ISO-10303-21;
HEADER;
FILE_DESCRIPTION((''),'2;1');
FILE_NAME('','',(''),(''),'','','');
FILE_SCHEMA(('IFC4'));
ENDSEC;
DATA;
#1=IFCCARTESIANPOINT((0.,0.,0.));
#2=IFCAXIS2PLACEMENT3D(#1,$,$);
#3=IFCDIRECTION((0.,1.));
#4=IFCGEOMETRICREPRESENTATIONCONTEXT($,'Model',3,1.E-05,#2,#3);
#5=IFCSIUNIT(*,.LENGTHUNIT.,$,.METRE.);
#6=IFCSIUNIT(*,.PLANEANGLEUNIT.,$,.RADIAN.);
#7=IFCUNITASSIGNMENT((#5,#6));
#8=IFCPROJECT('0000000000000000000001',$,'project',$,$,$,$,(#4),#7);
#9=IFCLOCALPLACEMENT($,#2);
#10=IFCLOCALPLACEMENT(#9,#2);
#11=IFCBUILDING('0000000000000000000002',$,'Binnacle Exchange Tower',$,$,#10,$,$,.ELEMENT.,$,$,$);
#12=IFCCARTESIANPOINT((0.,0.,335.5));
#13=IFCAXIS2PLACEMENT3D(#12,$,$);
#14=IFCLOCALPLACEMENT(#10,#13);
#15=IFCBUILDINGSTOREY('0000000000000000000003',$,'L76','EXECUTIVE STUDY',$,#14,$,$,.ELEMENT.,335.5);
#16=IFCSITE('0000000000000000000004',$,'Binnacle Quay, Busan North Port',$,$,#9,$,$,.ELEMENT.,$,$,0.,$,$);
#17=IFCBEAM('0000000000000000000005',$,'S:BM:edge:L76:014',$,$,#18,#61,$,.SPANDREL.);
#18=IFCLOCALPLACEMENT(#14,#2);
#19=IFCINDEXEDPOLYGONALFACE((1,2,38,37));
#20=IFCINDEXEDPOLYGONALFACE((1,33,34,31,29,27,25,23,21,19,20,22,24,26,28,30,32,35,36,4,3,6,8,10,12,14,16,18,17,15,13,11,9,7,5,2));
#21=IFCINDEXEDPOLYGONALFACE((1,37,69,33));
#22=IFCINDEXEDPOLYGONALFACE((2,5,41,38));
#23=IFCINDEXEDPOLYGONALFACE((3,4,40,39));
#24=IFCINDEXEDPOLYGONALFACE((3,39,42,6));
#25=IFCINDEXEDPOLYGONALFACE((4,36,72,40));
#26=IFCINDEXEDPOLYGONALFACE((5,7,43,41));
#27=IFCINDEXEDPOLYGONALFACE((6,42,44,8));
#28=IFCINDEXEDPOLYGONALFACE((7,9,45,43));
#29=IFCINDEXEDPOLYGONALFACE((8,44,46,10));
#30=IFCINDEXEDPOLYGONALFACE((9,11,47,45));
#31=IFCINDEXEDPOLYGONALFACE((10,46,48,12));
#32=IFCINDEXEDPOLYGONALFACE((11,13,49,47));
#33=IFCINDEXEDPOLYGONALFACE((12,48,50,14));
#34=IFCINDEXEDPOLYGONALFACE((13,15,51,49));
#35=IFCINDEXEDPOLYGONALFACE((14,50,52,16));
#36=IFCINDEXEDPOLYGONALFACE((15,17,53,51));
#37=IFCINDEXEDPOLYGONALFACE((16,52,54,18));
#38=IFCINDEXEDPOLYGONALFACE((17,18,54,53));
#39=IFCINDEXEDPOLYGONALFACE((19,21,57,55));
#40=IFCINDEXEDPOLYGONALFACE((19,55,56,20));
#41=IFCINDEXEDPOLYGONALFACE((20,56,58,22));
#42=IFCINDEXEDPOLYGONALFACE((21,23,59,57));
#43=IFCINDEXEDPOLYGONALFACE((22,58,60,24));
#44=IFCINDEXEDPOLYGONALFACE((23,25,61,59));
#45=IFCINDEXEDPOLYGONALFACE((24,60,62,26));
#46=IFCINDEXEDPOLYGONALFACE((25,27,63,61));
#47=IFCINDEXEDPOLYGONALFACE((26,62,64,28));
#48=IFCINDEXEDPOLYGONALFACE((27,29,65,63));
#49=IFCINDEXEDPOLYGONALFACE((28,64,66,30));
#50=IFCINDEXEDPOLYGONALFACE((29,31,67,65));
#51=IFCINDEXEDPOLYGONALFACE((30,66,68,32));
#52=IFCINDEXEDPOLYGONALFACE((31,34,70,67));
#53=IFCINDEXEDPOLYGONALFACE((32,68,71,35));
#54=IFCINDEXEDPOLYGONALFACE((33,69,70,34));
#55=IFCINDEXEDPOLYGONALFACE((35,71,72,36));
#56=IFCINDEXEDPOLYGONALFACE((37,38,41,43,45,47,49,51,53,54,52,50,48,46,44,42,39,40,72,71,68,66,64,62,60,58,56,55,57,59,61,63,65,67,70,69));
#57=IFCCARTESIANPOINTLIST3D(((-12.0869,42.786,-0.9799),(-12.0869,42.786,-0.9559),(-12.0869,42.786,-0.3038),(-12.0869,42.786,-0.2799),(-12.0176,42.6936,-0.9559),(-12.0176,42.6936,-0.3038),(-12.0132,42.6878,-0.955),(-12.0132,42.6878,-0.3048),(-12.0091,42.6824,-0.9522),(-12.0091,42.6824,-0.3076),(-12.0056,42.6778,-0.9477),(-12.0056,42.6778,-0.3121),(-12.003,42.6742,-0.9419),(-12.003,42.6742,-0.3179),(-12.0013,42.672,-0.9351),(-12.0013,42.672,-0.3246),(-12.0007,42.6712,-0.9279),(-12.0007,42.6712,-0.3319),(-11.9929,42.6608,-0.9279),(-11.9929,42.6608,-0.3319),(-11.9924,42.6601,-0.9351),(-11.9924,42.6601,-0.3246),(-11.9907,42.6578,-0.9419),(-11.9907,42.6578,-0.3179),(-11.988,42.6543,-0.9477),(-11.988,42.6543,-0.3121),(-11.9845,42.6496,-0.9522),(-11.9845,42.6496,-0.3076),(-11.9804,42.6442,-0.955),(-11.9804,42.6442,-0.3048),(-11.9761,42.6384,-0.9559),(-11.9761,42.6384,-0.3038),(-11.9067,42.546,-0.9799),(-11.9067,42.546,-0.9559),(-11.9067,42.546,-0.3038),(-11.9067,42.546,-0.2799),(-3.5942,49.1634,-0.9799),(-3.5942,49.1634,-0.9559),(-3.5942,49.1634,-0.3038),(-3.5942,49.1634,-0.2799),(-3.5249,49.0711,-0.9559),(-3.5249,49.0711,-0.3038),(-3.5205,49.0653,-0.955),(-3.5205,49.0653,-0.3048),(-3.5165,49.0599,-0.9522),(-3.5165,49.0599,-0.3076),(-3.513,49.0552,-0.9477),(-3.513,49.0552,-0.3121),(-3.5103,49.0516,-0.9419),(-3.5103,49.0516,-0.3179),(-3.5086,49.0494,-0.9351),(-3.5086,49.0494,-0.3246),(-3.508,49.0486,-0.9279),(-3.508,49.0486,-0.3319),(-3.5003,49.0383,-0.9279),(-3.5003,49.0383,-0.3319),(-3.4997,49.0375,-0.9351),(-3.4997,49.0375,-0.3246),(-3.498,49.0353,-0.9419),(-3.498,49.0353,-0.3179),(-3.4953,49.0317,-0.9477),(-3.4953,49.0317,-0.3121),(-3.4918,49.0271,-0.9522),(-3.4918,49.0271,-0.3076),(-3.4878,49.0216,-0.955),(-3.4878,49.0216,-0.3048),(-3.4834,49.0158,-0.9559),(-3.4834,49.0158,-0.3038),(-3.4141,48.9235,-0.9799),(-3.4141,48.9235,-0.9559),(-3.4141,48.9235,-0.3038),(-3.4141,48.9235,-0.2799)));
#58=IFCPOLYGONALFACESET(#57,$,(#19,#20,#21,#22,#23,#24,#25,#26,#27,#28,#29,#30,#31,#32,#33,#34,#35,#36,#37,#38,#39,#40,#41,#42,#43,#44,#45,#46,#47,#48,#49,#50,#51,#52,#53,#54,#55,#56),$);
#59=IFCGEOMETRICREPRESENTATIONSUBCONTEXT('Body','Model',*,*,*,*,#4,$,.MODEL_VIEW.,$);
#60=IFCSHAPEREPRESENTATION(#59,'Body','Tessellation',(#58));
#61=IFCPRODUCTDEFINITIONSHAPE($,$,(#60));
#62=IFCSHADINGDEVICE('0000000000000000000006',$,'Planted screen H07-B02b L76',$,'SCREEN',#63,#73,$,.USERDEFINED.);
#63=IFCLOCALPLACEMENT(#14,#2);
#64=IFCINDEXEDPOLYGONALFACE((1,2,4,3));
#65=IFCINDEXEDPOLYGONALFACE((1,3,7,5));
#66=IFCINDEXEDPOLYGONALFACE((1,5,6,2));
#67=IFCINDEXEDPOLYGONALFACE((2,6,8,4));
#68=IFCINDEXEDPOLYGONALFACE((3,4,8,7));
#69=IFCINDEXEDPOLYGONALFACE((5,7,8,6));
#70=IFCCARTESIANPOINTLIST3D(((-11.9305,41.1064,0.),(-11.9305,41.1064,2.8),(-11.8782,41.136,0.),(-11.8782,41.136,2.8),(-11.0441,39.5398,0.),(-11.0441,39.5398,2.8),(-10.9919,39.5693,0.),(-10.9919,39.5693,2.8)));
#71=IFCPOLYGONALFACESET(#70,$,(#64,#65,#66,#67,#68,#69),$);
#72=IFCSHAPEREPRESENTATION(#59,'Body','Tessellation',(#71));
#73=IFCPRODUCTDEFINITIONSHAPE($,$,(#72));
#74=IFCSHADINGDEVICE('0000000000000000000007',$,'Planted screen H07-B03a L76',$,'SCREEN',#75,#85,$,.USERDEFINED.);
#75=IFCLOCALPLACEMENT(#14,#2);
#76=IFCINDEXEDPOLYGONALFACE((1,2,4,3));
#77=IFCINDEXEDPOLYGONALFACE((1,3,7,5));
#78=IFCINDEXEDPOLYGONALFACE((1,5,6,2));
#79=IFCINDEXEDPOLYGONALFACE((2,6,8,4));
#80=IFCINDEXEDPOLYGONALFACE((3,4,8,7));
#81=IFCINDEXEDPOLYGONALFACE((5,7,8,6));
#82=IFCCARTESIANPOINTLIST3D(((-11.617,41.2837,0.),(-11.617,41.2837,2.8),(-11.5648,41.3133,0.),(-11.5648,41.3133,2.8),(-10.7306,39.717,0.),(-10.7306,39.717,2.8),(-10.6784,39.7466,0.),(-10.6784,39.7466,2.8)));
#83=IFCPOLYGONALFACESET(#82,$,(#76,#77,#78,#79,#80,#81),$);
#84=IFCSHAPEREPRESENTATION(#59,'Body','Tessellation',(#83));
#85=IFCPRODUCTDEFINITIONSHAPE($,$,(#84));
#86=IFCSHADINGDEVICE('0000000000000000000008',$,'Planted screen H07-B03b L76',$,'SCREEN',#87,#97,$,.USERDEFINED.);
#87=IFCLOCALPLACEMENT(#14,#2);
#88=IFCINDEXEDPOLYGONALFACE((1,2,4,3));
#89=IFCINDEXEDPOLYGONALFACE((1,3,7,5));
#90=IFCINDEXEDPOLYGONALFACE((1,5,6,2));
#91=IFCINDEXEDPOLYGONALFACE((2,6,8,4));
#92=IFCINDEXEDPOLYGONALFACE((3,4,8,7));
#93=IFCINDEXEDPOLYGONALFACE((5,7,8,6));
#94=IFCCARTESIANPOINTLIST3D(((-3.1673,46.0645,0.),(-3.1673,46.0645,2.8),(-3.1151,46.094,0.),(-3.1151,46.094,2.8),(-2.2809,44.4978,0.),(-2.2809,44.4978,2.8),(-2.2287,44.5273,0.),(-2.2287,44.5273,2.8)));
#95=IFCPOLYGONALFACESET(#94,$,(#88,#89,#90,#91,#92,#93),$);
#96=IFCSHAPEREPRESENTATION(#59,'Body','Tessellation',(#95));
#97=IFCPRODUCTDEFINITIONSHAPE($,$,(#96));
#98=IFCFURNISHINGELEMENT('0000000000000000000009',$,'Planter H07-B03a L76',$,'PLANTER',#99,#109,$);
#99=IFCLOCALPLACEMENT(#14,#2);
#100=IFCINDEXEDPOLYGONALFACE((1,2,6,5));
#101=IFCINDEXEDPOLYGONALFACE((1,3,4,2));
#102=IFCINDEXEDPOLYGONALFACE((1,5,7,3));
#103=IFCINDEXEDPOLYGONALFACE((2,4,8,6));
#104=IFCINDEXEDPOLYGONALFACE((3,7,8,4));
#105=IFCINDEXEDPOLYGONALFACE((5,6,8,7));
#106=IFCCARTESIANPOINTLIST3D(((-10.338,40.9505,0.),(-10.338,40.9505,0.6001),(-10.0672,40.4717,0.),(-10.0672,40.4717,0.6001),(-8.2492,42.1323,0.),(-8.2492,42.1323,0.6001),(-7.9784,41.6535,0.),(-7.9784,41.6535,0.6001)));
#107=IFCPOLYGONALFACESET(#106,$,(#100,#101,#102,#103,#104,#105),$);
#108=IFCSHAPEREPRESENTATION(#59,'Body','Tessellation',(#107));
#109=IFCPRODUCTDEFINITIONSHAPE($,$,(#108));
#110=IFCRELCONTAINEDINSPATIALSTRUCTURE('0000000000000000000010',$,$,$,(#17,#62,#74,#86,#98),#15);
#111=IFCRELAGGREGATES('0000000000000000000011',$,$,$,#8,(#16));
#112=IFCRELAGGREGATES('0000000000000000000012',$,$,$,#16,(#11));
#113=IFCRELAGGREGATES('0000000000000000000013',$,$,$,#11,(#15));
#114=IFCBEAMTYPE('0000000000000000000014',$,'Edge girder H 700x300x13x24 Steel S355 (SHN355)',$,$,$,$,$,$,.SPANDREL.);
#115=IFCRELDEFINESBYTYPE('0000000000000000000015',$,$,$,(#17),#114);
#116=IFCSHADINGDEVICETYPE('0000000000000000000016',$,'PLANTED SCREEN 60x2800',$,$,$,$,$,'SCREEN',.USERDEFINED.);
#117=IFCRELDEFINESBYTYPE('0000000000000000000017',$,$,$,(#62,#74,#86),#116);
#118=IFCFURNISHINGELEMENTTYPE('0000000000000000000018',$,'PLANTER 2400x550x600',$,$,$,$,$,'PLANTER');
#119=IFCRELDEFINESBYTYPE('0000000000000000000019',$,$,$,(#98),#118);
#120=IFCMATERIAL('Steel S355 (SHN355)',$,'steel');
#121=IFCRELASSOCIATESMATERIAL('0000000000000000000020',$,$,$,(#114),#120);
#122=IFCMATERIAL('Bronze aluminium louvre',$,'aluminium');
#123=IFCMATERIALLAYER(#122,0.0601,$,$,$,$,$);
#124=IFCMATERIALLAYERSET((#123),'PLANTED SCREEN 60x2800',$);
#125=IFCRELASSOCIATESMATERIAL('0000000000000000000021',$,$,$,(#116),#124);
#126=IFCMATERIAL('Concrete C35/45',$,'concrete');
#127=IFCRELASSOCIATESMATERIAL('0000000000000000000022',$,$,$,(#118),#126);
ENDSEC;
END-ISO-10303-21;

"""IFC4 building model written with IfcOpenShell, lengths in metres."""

from ifc_helpers import new_model, si_unit, direction, frame, origin, origin_2d, place, context, subcontext, project, spatial, rectangle, i_section, extrude, material, layer, layer_set, material_profile, profile_set, type_object, element, save


model = new_model("IFC4")

# Units and contexts
model_context = context("Model", 3, precision=1e-05, world=origin(), true_north=direction((0.0, 1.0)))
body_context = subcontext(model_context, "Body", "Model", "MODEL_VIEW")
ifc_project = project(units=[si_unit("LENGTHUNIT", "METRE"), si_unit("PLANEANGLEUNIT", "RADIAN")], contexts=[model_context])

# Site, building, storey
site_placement = place(None, origin())
site = spatial("IfcSite", under=ifc_project, at=site_placement, Name="Binnacle Quay, Busan North Port", CompositionType="ELEMENT", RefElevation=0.0)
building_placement = place(site_placement, origin())
building = spatial("IfcBuilding", under=site, at=building_placement, Name="Binnacle Exchange Tower", CompositionType="ELEMENT")
storey_placement = place(building_placement, frame((0.0, 0.0, 335.5)))
storey = spatial("IfcBuildingStorey", under=building, at=storey_placement, Name="L76", Description="EXECUTIVE STUDY", CompositionType="ELEMENT", Elevation=335.5)

# Beam
ifc_material_1 = material(Name="Steel S355 (SHN355)", Category="steel")
ifc_material_profile = material_profile(ifc_material_1, i_section(OverallWidth=0.3, OverallDepth=0.7, WebThickness=0.0129, FlangeThickness=0.0239, FilletRadius=0.0281, at=origin_2d()), Name="H 700x300x13x24")
ifc_profile_set = profile_set([ifc_material_profile], Name="Steel S355 (SHN355)")
beam_type = type_object("IfcBeamType", Name="Edge girder H 700x300x13x24 Steel S355 (SHN355)", PredefinedType="SPANDREL", material=ifc_profile_set)
beam_placement = place(storey_placement, frame((-11.9968, 42.666, -0.6299), z_axis=(0.799641, 0.600478, 0.0), x_axis=(-0.600478, 0.799641, 0.0)))
element("IfcBeam", 1, at=beam_placement, inside=storey, type_object=beam_type, Name="S:BM:edge:L76:014", PredefinedType="SPANDREL", context=body_context, shape_type="SweptSolid", body=[
    extrude(i_section(OverallWidth=0.3, OverallDepth=0.7, WebThickness=0.0129, FlangeThickness=0.0239, FilletRadius=0.0281, at=origin_2d()), origin(), (0.0, 0.0, 1.0), 10.6206),
])

# Shading devices
ifc_material_2 = material(Name="Bronze aluminium louvre", Category="aluminium")
ifc_layer_1 = layer(ifc_material_2, 0.0601)
ifc_layer_set_1 = layer_set([ifc_layer_1], Name="PLANTED SCREEN 60x2800")
shading_device_type = type_object("IfcShadingDeviceType", Name="PLANTED SCREEN 60x2800", ElementType="SCREEN", PredefinedType="USERDEFINED", material=ifc_layer_set_1)
for number, where, z_axis, x_axis, name in (
    (2, (-11.4612, 40.3379, 0.0), (0.0, 0.0, 1.0), (0.870356, 0.492424, 0.0), "Planted screen H07-B02b L76"),
    (3, (-11.1477, 40.5151, 0.0), (0.0, 0.0, 1.0), (0.870356, 0.492424, 0.0), "Planted screen H07-B03a L76"),
    (4, (-2.698, 45.2959, 0.0), (0.0, 0.0, 1.0), (0.870356, 0.492424, 0.0), "Planted screen H07-B03b L76"),
):
    element("IfcShadingDevice", number, at=place(storey_placement, frame(where, z_axis=z_axis, x_axis=x_axis)), inside=storey, type_object=shading_device_type, Name=name, ObjectType="SCREEN", PredefinedType="USERDEFINED", context=body_context, shape_type="SweptSolid", body=[
        extrude(rectangle(XDim=0.0601, YDim=1.8, at=origin_2d()), origin(), (0.0, 0.0, 1.0), 2.8),
    ])

# Furnishing element
ifc_material_3 = material(Name="Concrete C35/45", Category="concrete")
furnishing_element_type = type_object("IfcFurnishingElementType", Name="PLANTER 2400x550x600", ElementType="PLANTER", material=ifc_material_3)
furnishing_placement = place(storey_placement, frame((-9.1582, 41.302, 0.0), z_axis=(0.0, 0.0, 1.0), x_axis=(0.870356, 0.492424, 0.0)))
element("IfcFurnishingElement", 5, at=furnishing_placement, inside=storey, type_object=furnishing_element_type, Name="Planter H07-B03a L76", ObjectType="PLANTER", context=body_context, shape_type="SweptSolid", body=[
    extrude(rectangle(XDim=2.3999, YDim=0.55, at=origin_2d()), origin(), (0.0, 0.0, 1.0), 0.6001),
])

save(model, "model.ifc")
